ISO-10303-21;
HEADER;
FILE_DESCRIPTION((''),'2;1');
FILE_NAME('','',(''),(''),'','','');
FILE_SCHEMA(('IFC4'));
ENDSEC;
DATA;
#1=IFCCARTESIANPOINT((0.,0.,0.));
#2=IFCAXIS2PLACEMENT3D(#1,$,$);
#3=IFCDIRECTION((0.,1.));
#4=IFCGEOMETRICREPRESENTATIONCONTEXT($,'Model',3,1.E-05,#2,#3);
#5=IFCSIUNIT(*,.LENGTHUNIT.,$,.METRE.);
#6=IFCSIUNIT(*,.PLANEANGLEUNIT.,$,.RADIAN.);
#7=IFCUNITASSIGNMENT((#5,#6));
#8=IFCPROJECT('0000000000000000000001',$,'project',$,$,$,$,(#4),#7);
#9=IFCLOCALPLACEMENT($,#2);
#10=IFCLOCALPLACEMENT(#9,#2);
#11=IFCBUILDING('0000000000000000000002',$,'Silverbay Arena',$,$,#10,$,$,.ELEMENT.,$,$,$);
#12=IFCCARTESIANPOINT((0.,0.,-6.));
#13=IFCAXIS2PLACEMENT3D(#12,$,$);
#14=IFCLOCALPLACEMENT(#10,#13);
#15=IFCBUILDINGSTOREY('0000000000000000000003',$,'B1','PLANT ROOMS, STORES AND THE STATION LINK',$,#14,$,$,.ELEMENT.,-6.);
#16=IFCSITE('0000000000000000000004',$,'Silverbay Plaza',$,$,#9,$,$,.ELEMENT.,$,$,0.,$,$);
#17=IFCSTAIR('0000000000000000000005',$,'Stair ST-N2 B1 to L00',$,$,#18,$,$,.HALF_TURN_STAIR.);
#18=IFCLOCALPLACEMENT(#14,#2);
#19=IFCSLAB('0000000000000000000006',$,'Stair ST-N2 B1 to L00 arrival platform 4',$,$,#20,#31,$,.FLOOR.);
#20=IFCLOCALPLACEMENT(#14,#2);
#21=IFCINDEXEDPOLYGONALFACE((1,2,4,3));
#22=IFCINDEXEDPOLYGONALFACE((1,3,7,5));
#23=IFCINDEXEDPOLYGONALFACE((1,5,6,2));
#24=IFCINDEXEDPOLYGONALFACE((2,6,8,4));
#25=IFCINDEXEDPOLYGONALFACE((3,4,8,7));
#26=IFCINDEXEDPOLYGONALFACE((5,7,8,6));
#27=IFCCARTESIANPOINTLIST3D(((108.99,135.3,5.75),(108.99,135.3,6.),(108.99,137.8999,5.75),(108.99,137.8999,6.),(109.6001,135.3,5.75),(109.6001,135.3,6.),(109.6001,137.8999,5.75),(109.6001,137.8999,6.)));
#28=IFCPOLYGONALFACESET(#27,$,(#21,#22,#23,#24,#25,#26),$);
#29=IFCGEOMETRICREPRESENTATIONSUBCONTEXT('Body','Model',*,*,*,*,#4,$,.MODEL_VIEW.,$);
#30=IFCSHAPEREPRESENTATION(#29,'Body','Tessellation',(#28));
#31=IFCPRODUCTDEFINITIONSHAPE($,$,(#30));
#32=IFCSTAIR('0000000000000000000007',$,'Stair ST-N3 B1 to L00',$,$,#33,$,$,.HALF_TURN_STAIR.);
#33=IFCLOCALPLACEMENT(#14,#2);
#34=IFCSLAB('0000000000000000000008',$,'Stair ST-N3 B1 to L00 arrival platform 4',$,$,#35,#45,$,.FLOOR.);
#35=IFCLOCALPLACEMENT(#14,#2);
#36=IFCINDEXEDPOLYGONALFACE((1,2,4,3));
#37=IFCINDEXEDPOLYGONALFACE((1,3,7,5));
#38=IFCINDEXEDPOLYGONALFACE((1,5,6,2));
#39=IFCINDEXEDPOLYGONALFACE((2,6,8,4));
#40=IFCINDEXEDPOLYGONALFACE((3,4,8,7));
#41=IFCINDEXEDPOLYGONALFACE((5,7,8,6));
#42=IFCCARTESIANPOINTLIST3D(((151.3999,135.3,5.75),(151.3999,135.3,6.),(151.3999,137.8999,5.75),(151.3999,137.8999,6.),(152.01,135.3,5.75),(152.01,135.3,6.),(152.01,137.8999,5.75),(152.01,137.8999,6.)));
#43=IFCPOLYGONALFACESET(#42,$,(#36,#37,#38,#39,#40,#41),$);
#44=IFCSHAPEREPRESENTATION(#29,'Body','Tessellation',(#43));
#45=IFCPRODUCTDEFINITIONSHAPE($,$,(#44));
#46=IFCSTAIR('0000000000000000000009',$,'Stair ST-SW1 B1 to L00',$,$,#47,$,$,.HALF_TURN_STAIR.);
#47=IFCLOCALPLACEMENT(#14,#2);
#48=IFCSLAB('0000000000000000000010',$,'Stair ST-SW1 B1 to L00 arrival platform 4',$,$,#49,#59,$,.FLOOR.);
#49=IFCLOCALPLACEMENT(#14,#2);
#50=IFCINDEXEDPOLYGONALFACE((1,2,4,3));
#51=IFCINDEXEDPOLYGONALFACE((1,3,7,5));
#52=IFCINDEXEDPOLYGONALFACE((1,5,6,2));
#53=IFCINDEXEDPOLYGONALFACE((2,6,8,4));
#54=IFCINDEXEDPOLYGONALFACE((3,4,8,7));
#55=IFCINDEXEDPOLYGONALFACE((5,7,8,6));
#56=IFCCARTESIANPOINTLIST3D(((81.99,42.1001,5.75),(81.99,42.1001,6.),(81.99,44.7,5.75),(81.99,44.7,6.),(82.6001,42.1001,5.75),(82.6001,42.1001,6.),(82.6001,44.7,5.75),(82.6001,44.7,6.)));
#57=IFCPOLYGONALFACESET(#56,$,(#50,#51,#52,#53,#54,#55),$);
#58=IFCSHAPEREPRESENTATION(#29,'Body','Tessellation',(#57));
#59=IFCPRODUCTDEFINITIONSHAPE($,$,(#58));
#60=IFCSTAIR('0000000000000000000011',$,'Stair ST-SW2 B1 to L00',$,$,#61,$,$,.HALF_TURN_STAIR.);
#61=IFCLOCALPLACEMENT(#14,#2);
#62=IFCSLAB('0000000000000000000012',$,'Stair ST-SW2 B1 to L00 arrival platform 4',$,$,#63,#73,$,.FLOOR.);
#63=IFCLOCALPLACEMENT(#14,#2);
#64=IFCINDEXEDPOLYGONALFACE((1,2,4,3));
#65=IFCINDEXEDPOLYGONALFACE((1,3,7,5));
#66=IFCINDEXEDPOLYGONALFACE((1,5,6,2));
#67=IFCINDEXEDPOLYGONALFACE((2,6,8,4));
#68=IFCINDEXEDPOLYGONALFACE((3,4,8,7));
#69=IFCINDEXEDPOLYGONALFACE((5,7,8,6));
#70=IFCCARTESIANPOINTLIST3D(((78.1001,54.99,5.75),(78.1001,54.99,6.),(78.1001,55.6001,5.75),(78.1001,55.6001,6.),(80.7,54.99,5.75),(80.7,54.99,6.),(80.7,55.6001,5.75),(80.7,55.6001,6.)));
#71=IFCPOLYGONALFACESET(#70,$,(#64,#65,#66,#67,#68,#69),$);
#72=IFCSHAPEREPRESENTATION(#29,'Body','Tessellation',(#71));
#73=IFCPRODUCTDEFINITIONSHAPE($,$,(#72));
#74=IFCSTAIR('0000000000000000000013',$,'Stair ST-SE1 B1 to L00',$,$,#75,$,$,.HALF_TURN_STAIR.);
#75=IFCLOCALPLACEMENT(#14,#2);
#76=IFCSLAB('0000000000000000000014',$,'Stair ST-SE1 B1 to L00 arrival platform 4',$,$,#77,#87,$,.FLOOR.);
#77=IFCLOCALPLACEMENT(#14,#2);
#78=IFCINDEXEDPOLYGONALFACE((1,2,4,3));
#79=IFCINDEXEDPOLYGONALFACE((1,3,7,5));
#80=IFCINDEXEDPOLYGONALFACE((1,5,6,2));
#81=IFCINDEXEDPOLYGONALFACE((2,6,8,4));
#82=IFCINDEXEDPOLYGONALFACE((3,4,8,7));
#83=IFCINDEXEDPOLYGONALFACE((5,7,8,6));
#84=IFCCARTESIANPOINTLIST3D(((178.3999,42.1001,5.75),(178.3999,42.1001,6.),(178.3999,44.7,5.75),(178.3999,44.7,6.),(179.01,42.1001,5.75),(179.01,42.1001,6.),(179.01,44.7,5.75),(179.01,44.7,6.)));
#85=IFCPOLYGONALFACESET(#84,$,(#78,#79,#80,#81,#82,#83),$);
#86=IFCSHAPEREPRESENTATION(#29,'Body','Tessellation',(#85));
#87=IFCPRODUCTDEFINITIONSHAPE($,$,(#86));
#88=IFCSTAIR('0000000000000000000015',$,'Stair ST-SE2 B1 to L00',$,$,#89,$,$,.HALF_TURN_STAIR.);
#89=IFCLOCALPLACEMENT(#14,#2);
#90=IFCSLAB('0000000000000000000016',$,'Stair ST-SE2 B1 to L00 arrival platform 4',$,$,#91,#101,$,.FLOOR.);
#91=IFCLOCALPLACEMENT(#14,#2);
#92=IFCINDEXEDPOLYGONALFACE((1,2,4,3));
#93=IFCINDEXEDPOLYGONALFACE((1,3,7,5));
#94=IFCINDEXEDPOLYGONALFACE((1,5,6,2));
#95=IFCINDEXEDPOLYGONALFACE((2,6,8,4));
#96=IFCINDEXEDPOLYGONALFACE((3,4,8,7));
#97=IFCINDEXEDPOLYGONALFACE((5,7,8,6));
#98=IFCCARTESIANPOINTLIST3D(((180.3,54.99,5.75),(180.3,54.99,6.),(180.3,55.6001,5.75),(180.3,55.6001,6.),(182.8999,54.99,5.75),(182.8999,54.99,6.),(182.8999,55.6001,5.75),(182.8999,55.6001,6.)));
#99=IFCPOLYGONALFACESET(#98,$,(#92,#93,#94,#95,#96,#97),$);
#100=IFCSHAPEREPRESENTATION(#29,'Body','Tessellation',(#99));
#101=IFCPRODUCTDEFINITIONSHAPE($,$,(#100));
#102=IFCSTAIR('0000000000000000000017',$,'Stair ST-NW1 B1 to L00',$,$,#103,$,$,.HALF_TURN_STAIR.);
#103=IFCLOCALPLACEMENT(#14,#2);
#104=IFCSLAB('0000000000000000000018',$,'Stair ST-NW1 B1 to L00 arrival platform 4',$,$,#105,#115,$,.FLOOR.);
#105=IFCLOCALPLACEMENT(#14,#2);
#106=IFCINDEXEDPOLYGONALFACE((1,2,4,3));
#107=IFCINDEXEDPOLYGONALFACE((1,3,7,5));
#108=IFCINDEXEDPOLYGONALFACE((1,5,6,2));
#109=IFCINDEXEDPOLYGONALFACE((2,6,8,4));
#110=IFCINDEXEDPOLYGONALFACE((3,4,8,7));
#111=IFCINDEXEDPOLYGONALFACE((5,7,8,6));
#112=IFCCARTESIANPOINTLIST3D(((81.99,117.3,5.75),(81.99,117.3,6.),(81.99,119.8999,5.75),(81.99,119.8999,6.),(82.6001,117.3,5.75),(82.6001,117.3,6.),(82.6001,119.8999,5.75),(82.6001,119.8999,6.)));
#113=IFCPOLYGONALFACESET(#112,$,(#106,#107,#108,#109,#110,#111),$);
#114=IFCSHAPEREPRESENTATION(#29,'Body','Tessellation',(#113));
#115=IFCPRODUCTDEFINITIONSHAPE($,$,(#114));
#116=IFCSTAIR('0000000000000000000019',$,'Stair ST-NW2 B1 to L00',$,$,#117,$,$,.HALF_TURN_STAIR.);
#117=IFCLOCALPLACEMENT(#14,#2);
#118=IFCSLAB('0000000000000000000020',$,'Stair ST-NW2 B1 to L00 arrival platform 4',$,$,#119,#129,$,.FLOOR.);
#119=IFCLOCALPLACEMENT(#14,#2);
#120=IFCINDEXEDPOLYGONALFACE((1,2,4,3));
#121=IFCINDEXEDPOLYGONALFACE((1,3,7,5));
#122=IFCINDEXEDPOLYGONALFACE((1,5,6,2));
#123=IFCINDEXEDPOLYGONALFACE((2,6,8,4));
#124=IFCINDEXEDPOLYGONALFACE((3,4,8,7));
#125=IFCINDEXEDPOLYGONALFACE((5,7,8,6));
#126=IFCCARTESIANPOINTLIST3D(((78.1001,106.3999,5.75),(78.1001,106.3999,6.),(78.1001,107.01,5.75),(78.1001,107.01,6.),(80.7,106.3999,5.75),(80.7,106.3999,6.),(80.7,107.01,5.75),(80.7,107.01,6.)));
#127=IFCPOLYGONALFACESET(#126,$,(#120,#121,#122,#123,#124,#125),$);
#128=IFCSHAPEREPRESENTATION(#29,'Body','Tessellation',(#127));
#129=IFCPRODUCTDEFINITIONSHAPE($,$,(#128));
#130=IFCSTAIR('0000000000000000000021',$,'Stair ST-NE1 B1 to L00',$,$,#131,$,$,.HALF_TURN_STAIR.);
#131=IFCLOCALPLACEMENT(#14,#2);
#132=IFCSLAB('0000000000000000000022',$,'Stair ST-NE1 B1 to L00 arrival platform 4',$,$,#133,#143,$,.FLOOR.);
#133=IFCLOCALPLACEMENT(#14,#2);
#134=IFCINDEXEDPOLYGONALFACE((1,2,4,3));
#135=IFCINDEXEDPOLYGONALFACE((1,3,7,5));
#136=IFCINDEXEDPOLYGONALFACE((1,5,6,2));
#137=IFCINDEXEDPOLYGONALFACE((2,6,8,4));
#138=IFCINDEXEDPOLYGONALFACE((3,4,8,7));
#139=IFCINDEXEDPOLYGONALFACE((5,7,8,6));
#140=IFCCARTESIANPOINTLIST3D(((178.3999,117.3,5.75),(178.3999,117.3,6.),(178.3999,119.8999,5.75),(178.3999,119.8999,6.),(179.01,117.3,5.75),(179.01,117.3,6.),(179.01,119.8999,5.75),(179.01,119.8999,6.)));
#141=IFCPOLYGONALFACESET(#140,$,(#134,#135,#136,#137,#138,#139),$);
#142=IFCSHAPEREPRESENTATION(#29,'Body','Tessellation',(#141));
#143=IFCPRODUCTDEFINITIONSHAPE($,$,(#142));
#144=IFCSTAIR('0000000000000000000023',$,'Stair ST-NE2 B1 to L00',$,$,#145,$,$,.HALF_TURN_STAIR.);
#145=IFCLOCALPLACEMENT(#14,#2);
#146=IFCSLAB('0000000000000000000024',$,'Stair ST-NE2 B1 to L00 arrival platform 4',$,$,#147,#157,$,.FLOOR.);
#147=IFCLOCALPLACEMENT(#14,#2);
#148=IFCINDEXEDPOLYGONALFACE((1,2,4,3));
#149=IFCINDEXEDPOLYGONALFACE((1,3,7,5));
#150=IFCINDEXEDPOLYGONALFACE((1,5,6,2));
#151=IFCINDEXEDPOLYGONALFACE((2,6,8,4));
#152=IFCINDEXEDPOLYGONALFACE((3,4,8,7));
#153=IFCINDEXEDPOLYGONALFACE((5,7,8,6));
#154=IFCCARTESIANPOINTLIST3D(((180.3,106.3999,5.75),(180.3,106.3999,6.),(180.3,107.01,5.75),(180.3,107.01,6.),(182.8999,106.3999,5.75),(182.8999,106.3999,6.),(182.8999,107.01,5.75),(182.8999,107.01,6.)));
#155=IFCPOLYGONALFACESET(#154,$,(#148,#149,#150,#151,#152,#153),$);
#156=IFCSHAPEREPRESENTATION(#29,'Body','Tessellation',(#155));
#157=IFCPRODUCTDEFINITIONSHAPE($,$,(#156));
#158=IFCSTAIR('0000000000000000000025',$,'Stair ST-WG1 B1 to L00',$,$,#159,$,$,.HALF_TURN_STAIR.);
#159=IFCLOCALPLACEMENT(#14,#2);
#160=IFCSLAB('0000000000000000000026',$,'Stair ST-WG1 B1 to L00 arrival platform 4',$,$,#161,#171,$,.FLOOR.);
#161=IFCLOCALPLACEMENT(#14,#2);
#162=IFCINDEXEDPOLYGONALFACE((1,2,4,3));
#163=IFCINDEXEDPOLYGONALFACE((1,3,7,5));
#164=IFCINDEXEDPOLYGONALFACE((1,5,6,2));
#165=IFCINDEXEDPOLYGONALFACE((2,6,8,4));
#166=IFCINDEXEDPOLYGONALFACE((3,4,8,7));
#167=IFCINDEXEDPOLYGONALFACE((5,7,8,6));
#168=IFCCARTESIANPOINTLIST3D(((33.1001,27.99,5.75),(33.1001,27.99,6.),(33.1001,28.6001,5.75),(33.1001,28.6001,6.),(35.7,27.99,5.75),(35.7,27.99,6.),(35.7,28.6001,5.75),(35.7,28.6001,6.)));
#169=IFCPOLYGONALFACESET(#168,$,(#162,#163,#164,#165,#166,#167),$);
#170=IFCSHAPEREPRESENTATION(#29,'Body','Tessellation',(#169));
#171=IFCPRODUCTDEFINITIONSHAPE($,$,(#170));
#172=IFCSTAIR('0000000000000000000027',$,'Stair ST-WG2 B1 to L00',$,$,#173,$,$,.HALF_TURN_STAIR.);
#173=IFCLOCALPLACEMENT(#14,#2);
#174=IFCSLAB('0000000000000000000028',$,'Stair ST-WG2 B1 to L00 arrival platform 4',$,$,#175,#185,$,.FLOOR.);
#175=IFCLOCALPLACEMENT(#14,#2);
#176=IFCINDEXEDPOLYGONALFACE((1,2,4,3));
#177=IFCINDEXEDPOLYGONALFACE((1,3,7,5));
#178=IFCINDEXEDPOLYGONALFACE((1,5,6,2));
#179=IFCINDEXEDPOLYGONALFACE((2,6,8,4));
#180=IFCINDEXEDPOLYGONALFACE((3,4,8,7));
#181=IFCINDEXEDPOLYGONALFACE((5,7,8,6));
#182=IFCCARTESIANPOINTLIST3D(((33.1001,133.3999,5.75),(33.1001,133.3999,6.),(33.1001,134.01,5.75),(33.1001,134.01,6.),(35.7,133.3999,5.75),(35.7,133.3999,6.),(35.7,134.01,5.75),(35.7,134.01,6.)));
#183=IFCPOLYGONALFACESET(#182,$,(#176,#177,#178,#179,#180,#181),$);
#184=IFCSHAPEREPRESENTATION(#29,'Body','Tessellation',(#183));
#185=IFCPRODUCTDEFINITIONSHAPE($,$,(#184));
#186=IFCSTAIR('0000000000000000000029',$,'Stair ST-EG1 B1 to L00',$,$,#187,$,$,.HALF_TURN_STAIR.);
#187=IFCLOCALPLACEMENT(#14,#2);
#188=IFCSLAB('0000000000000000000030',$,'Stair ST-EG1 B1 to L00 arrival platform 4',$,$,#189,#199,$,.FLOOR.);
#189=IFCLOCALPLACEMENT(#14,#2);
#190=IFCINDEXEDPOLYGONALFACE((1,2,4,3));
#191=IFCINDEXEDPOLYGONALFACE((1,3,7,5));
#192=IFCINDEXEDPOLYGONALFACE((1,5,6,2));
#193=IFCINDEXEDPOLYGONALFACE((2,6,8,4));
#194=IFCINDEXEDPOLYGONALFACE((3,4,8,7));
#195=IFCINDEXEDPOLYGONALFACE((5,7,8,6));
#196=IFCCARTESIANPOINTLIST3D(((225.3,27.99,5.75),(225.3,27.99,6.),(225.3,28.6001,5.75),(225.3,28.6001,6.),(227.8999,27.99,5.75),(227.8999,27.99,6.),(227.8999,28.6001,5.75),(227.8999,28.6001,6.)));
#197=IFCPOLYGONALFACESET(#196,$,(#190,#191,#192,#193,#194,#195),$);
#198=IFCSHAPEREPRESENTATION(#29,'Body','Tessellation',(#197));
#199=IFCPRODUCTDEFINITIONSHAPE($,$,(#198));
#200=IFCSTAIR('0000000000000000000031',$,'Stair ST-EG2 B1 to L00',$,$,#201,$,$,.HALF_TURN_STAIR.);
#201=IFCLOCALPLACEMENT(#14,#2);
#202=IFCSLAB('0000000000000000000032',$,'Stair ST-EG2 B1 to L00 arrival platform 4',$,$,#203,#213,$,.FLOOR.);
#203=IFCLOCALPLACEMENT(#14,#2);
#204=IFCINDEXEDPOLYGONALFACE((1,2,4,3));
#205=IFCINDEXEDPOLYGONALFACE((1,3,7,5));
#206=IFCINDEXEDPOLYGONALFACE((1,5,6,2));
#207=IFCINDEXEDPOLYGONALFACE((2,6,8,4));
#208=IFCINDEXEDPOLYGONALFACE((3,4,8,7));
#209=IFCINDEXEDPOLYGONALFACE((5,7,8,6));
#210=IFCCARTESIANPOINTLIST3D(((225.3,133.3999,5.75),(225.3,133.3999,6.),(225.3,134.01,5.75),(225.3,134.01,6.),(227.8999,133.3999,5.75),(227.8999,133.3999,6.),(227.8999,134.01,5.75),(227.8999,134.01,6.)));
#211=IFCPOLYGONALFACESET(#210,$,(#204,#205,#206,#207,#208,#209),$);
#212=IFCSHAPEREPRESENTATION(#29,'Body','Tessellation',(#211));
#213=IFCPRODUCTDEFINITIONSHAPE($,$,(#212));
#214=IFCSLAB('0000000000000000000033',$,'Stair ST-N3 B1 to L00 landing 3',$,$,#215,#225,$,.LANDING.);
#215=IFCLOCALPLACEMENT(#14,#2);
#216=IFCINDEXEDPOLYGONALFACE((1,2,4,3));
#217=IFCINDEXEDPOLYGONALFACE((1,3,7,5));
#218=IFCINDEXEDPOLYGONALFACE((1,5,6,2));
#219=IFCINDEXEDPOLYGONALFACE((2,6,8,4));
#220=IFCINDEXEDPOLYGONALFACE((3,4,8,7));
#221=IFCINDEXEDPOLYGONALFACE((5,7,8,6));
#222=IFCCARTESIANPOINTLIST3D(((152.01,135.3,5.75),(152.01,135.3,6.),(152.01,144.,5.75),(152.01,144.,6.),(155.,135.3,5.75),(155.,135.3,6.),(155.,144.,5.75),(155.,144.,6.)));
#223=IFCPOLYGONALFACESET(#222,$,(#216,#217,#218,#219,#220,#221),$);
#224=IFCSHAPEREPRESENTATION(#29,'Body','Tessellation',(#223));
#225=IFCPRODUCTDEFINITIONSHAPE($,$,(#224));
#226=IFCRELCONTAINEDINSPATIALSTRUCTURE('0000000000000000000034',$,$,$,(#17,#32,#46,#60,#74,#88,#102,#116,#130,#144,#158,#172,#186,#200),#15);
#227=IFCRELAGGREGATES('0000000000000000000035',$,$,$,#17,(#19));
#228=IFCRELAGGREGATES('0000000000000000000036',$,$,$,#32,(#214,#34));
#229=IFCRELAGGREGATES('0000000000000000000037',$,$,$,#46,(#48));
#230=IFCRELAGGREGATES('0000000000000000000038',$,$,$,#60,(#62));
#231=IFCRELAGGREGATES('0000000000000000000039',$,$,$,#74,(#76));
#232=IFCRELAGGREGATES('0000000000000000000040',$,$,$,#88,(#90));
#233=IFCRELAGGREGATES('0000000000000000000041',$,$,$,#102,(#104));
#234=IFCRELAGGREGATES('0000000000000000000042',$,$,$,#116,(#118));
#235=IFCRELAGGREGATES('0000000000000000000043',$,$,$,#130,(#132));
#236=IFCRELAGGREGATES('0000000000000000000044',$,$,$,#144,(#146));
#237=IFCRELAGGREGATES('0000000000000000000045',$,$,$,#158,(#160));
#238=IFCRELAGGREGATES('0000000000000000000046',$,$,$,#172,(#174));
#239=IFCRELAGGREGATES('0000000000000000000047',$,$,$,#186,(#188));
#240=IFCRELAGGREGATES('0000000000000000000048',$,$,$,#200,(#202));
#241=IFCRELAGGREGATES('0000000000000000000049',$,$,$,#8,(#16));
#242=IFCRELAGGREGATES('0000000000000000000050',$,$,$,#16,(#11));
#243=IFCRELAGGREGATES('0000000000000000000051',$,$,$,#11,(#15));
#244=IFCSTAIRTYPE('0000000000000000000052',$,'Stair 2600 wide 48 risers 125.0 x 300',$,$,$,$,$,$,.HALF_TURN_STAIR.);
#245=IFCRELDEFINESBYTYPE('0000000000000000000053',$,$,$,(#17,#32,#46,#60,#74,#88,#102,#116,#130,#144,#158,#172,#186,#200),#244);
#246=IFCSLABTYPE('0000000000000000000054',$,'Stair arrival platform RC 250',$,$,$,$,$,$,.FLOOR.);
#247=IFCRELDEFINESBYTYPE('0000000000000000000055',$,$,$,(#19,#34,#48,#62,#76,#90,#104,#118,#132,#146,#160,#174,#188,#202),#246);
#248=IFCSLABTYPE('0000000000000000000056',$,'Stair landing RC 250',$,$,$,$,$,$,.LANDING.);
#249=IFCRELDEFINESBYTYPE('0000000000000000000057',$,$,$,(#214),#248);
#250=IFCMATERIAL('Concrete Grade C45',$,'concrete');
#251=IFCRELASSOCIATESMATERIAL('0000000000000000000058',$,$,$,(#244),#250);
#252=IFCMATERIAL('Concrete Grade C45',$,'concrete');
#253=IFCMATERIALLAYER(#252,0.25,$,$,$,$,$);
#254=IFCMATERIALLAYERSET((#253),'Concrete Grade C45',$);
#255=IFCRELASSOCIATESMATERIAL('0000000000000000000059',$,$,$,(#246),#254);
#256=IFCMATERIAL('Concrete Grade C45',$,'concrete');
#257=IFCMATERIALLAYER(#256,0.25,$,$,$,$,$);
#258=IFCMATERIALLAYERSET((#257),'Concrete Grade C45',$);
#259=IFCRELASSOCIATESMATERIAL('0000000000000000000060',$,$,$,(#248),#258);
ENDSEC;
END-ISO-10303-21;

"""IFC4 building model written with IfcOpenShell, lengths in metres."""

from ifc_helpers import new_model, si_unit, direction, frame, origin, place, context, subcontext, project, spatial, polyline, outline, extrude, material, layer, layer_set, type_object, element, aggregate, save


model = new_model("IFC4")

# Units and contexts
model_context = context("Model", 3, precision=1e-05, world=origin(), true_north=direction((0.0, 1.0)))
body_context = subcontext(model_context, "Body", "Model", "MODEL_VIEW")
ifc_project = project(units=[si_unit("LENGTHUNIT", "METRE"), si_unit("PLANEANGLEUNIT", "RADIAN")], contexts=[model_context])

# Site, building, storey
site_placement = place(None, origin())
site = spatial("IfcSite", under=ifc_project, at=site_placement, Name="Silverbay Plaza", CompositionType="ELEMENT", RefElevation=0.0)
building_placement = place(site_placement, origin())
building = spatial("IfcBuilding", under=site, at=building_placement, Name="Silverbay Arena", CompositionType="ELEMENT")
storey_placement = place(building_placement, frame((0.0, 0.0, -6.0)))
storey = spatial("IfcBuildingStorey", under=building, at=storey_placement, Name="B1", Description="PLANT ROOMS, STORES AND THE STATION LINK", CompositionType="ELEMENT", Elevation=-6.0)

# Stairs, slabs
ifc_material_1 = material(Name="Concrete Grade C45", Category="concrete")
stair_type_1 = type_object("IfcStairType", Name="Stair 2600 wide 48 risers 125.0 x 300", PredefinedType="HALF_TURN_STAIR", material=ifc_material_1)
stair_1_placement = place(storey_placement, origin())
stair_1 = element("IfcStair", 1, at=stair_1_placement, inside=storey, type_object=stair_type_1, Name="Stair ST-N2 B1 to L00", PredefinedType="HALF_TURN_STAIR")
ifc_material_2 = material(Name="Concrete Grade C45", Category="concrete")
ifc_layer_1 = layer(ifc_material_2, 0.25)
ifc_layer_set_1 = layer_set([ifc_layer_1], Name="Concrete Grade C45")
slab_type_1 = type_object("IfcSlabType", Name="Stair arrival platform RC 250", PredefinedType="FLOOR", material=ifc_layer_set_1)
slab_1_placement = place(storey_placement, frame((0.0, 0.0, 5.75)))
slab_1 = element("IfcSlab", 2, at=slab_1_placement, type_object=slab_type_1, Name="Stair ST-N2 B1 to L00 arrival platform 4", PredefinedType="FLOOR", context=body_context, shape_type="SweptSolid", body=[
    extrude(outline(polyline([(109.6001, 135.3), (108.99, 135.3), (108.99, 137.8999), (109.6001, 137.8999), (109.6001, 135.3)])), origin(), (0.0, 0.0, 1.0), 0.25),
])
aggregate(stair_1, [slab_1])
stair_2_placement = place(storey_placement, origin())
stair_2 = element("IfcStair", 3, at=stair_2_placement, inside=storey, type_object=stair_type_1, Name="Stair ST-N3 B1 to L00", PredefinedType="HALF_TURN_STAIR")
slab_2_placement = place(storey_placement, frame((0.0, 0.0, 5.75)))
slab_2 = element("IfcSlab", 4, at=slab_2_placement, type_object=slab_type_1, Name="Stair ST-N3 B1 to L00 arrival platform 4", PredefinedType="FLOOR", context=body_context, shape_type="SweptSolid", body=[
    extrude(outline(polyline([(151.3999, 135.3), (152.01, 135.3), (152.01, 137.8999), (151.3999, 137.8999), (151.3999, 135.3)])), origin(), (0.0, 0.0, 1.0), 0.25),
])
stair_3_placement = place(storey_placement, origin())
stair_3 = element("IfcStair", 5, at=stair_3_placement, inside=storey, type_object=stair_type_1, Name="Stair ST-SW1 B1 to L00", PredefinedType="HALF_TURN_STAIR")
slab_3_placement = place(storey_placement, frame((0.0, 0.0, 5.75)))
slab_3 = element("IfcSlab", 6, at=slab_3_placement, type_object=slab_type_1, Name="Stair ST-SW1 B1 to L00 arrival platform 4", PredefinedType="FLOOR", context=body_context, shape_type="SweptSolid", body=[
    extrude(outline(polyline([(82.6001, 44.7), (81.99, 44.7), (81.99, 42.1001), (82.6001, 42.1001), (82.6001, 44.7)])), origin(), (0.0, 0.0, 1.0), 0.25),
])
stair_4_placement = place(storey_placement, origin())
stair_4 = element("IfcStair", 7, at=stair_4_placement, inside=storey, type_object=stair_type_1, Name="Stair ST-SW2 B1 to L00", PredefinedType="HALF_TURN_STAIR")
slab_4_placement = place(storey_placement, frame((0.0, 0.0, 5.75)))
slab_4 = element("IfcSlab", 8, at=slab_4_placement, type_object=slab_type_1, Name="Stair ST-SW2 B1 to L00 arrival platform 4", PredefinedType="FLOOR", context=body_context, shape_type="SweptSolid", body=[
    extrude(outline(polyline([(80.7, 55.6001), (80.7, 54.99), (78.1001, 54.99), (78.1001, 55.6001), (80.7, 55.6001)])), origin(), (0.0, 0.0, 1.0), 0.25),
])
stair_5_placement = place(storey_placement, origin())
stair_5 = element("IfcStair", 9, at=stair_5_placement, inside=storey, type_object=stair_type_1, Name="Stair ST-SE1 B1 to L00", PredefinedType="HALF_TURN_STAIR")
slab_5_placement = place(storey_placement, frame((0.0, 0.0, 5.75)))
slab_5 = element("IfcSlab", 10, at=slab_5_placement, type_object=slab_type_1, Name="Stair ST-SE1 B1 to L00 arrival platform 4", PredefinedType="FLOOR", context=body_context, shape_type="SweptSolid", body=[
    extrude(outline(polyline([(178.3999, 44.7), (179.01, 44.7), (179.01, 42.1001), (178.3999, 42.1001), (178.3999, 44.7)])), origin(), (0.0, 0.0, 1.0), 0.25),
])
stair_6_placement = place(storey_placement, origin())
stair_6 = element("IfcStair", 11, at=stair_6_placement, inside=storey, type_object=stair_type_1, Name="Stair ST-SE2 B1 to L00", PredefinedType="HALF_TURN_STAIR")
slab_6_placement = place(storey_placement, frame((0.0, 0.0, 5.75)))
slab_6 = element("IfcSlab", 12, at=slab_6_placement, type_object=slab_type_1, Name="Stair ST-SE2 B1 to L00 arrival platform 4", PredefinedType="FLOOR", context=body_context, shape_type="SweptSolid", body=[
    extrude(outline(polyline([(180.3, 55.6001), (180.3, 54.99), (182.8999, 54.99), (182.8999, 55.6001), (180.3, 55.6001)])), origin(), (0.0, 0.0, 1.0), 0.25),
])
stair_7_placement = place(storey_placement, origin())
stair_7 = element("IfcStair", 13, at=stair_7_placement, inside=storey, type_object=stair_type_1, Name="Stair ST-NW1 B1 to L00", PredefinedType="HALF_TURN_STAIR")
slab_7_placement = place(storey_placement, frame((0.0, 0.0, 5.75)))
slab_7 = element("IfcSlab", 14, at=slab_7_placement, type_object=slab_type_1, Name="Stair ST-NW1 B1 to L00 arrival platform 4", PredefinedType="FLOOR", context=body_context, shape_type="SweptSolid", body=[
    extrude(outline(polyline([(82.6001, 117.3), (81.99, 117.3), (81.99, 119.8999), (82.6001, 119.8999), (82.6001, 117.3)])), origin(), (0.0, 0.0, 1.0), 0.25),
])
stair_8_placement = place(storey_placement, origin())
stair_8 = element("IfcStair", 15, at=stair_8_placement, inside=storey, type_object=stair_type_1, Name="Stair ST-NW2 B1 to L00", PredefinedType="HALF_TURN_STAIR")
slab_8_placement = place(storey_placement, frame((0.0, 0.0, 5.75)))
slab_8 = element("IfcSlab", 16, at=slab_8_placement, type_object=slab_type_1, Name="Stair ST-NW2 B1 to L00 arrival platform 4", PredefinedType="FLOOR", context=body_context, shape_type="SweptSolid", body=[
    extrude(outline(polyline([(80.7, 106.3999), (80.7, 107.01), (78.1001, 107.01), (78.1001, 106.3999), (80.7, 106.3999)])), origin(), (0.0, 0.0, 1.0), 0.25),
])
stair_9_placement = place(storey_placement, origin())
stair_9 = element("IfcStair", 17, at=stair_9_placement, inside=storey, type_object=stair_type_1, Name="Stair ST-NE1 B1 to L00", PredefinedType="HALF_TURN_STAIR")
slab_9_placement = place(storey_placement, frame((0.0, 0.0, 5.75)))
slab_9 = element("IfcSlab", 18, at=slab_9_placement, type_object=slab_type_1, Name="Stair ST-NE1 B1 to L00 arrival platform 4", PredefinedType="FLOOR", context=body_context, shape_type="SweptSolid", body=[
    extrude(outline(polyline([(178.3999, 117.3), (179.01, 117.3), (179.01, 119.8999), (178.3999, 119.8999), (178.3999, 117.3)])), origin(), (0.0, 0.0, 1.0), 0.25),
])
stair_10_placement = place(storey_placement, origin())
stair_10 = element("IfcStair", 19, at=stair_10_placement, inside=storey, type_object=stair_type_1, Name="Stair ST-NE2 B1 to L00", PredefinedType="HALF_TURN_STAIR")
slab_10_placement = place(storey_placement, frame((0.0, 0.0, 5.75)))
slab_10 = element("IfcSlab", 20, at=slab_10_placement, type_object=slab_type_1, Name="Stair ST-NE2 B1 to L00 arrival platform 4", PredefinedType="FLOOR", context=body_context, shape_type="SweptSolid", body=[
    extrude(outline(polyline([(180.3, 106.3999), (180.3, 107.01), (182.8999, 107.01), (182.8999, 106.3999), (180.3, 106.3999)])), origin(), (0.0, 0.0, 1.0), 0.25),
])
stair_11_placement = place(storey_placement, origin())
stair_11 = element("IfcStair", 21, at=stair_11_placement, inside=storey, type_object=stair_type_1, Name="Stair ST-WG1 B1 to L00", PredefinedType="HALF_TURN_STAIR")
slab_11_placement = place(storey_placement, frame((0.0, 0.0, 5.75)))
slab_11 = element("IfcSlab", 22, at=slab_11_placement, type_object=slab_type_1, Name="Stair ST-WG1 B1 to L00 arrival platform 4", PredefinedType="FLOOR", context=body_context, shape_type="SweptSolid", body=[
    extrude(outline(polyline([(35.7, 28.6001), (35.7, 27.99), (33.1001, 27.99), (33.1001, 28.6001), (35.7, 28.6001)])), origin(), (0.0, 0.0, 1.0), 0.25),
])
stair_12_placement = place(storey_placement, origin())
stair_12 = element("IfcStair", 23, at=stair_12_placement, inside=storey, type_object=stair_type_1, Name="Stair ST-WG2 B1 to L00", PredefinedType="HALF_TURN_STAIR")
slab_12_placement = place(storey_placement, frame((0.0, 0.0, 5.75)))
slab_12 = element("IfcSlab", 24, at=slab_12_placement, type_object=slab_type_1, Name="Stair ST-WG2 B1 to L00 arrival platform 4", PredefinedType="FLOOR", context=body_context, shape_type="SweptSolid", body=[
    extrude(outline(polyline([(35.7, 133.3999), (35.7, 134.01), (33.1001, 134.01), (33.1001, 133.3999), (35.7, 133.3999)])), origin(), (0.0, 0.0, 1.0), 0.25),
])
stair_13_placement = place(storey_placement, origin())
stair_13 = element("IfcStair", 25, at=stair_13_placement, inside=storey, type_object=stair_type_1, Name="Stair ST-EG1 B1 to L00", PredefinedType="HALF_TURN_STAIR")
slab_13_placement = place(storey_placement, frame((0.0, 0.0, 5.75)))
slab_13 = element("IfcSlab", 26, at=slab_13_placement, type_object=slab_type_1, Name="Stair ST-EG1 B1 to L00 arrival platform 4", PredefinedType="FLOOR", context=body_context, shape_type="SweptSolid", body=[
    extrude(outline(polyline([(225.3, 28.6001), (225.3, 27.99), (227.8999, 27.99), (227.8999, 28.6001), (225.3, 28.6001)])), origin(), (0.0, 0.0, 1.0), 0.25),
])
stair_14_placement = place(storey_placement, origin())
stair_14 = element("IfcStair", 27, at=stair_14_placement, inside=storey, type_object=stair_type_1, Name="Stair ST-EG2 B1 to L00", PredefinedType="HALF_TURN_STAIR")
slab_14_placement = place(storey_placement, frame((0.0, 0.0, 5.75)))
slab_14 = element("IfcSlab", 28, at=slab_14_placement, type_object=slab_type_1, Name="Stair ST-EG2 B1 to L00 arrival platform 4", PredefinedType="FLOOR", context=body_context, shape_type="SweptSolid", body=[
    extrude(outline(polyline([(225.3, 133.3999), (225.3, 134.01), (227.8999, 134.01), (227.8999, 133.3999), (225.3, 133.3999)])), origin(), (0.0, 0.0, 1.0), 0.25),
])

# Slab
ifc_material_3 = material(Name="Concrete Grade C45", Category="concrete")
ifc_layer_2 = layer(ifc_material_3, 0.25)
ifc_layer_set_2 = layer_set([ifc_layer_2], Name="Concrete Grade C45")
slab_type_2 = type_object("IfcSlabType", Name="Stair landing RC 250", PredefinedType="LANDING", material=ifc_layer_set_2)
slab_15_placement = place(storey_placement, frame((0.0, 0.0, 5.75)))
slab_15 = element("IfcSlab", 29, at=slab_15_placement, type_object=slab_type_2, Name="Stair ST-N3 B1 to L00 landing 3", PredefinedType="LANDING", context=body_context, shape_type="SweptSolid", body=[
    extrude(outline(polyline([(152.01, 135.3), (155.0, 135.3), (155.0, 144.0), (152.01, 144.0), (152.01, 135.3)])), origin(), (0.0, 0.0, 1.0), 0.25),
])
aggregate(stair_2, [slab_15, slab_2])

aggregate(stair_3, [slab_3])
aggregate(stair_4, [slab_4])
aggregate(stair_5, [slab_5])
aggregate(stair_6, [slab_6])
aggregate(stair_7, [slab_7])
aggregate(stair_8, [slab_8])
aggregate(stair_9, [slab_9])
aggregate(stair_10, [slab_10])
aggregate(stair_11, [slab_11])
aggregate(stair_12, [slab_12])
aggregate(stair_13, [slab_13])
aggregate(stair_14, [slab_14])

save(model, "model.ifc")
